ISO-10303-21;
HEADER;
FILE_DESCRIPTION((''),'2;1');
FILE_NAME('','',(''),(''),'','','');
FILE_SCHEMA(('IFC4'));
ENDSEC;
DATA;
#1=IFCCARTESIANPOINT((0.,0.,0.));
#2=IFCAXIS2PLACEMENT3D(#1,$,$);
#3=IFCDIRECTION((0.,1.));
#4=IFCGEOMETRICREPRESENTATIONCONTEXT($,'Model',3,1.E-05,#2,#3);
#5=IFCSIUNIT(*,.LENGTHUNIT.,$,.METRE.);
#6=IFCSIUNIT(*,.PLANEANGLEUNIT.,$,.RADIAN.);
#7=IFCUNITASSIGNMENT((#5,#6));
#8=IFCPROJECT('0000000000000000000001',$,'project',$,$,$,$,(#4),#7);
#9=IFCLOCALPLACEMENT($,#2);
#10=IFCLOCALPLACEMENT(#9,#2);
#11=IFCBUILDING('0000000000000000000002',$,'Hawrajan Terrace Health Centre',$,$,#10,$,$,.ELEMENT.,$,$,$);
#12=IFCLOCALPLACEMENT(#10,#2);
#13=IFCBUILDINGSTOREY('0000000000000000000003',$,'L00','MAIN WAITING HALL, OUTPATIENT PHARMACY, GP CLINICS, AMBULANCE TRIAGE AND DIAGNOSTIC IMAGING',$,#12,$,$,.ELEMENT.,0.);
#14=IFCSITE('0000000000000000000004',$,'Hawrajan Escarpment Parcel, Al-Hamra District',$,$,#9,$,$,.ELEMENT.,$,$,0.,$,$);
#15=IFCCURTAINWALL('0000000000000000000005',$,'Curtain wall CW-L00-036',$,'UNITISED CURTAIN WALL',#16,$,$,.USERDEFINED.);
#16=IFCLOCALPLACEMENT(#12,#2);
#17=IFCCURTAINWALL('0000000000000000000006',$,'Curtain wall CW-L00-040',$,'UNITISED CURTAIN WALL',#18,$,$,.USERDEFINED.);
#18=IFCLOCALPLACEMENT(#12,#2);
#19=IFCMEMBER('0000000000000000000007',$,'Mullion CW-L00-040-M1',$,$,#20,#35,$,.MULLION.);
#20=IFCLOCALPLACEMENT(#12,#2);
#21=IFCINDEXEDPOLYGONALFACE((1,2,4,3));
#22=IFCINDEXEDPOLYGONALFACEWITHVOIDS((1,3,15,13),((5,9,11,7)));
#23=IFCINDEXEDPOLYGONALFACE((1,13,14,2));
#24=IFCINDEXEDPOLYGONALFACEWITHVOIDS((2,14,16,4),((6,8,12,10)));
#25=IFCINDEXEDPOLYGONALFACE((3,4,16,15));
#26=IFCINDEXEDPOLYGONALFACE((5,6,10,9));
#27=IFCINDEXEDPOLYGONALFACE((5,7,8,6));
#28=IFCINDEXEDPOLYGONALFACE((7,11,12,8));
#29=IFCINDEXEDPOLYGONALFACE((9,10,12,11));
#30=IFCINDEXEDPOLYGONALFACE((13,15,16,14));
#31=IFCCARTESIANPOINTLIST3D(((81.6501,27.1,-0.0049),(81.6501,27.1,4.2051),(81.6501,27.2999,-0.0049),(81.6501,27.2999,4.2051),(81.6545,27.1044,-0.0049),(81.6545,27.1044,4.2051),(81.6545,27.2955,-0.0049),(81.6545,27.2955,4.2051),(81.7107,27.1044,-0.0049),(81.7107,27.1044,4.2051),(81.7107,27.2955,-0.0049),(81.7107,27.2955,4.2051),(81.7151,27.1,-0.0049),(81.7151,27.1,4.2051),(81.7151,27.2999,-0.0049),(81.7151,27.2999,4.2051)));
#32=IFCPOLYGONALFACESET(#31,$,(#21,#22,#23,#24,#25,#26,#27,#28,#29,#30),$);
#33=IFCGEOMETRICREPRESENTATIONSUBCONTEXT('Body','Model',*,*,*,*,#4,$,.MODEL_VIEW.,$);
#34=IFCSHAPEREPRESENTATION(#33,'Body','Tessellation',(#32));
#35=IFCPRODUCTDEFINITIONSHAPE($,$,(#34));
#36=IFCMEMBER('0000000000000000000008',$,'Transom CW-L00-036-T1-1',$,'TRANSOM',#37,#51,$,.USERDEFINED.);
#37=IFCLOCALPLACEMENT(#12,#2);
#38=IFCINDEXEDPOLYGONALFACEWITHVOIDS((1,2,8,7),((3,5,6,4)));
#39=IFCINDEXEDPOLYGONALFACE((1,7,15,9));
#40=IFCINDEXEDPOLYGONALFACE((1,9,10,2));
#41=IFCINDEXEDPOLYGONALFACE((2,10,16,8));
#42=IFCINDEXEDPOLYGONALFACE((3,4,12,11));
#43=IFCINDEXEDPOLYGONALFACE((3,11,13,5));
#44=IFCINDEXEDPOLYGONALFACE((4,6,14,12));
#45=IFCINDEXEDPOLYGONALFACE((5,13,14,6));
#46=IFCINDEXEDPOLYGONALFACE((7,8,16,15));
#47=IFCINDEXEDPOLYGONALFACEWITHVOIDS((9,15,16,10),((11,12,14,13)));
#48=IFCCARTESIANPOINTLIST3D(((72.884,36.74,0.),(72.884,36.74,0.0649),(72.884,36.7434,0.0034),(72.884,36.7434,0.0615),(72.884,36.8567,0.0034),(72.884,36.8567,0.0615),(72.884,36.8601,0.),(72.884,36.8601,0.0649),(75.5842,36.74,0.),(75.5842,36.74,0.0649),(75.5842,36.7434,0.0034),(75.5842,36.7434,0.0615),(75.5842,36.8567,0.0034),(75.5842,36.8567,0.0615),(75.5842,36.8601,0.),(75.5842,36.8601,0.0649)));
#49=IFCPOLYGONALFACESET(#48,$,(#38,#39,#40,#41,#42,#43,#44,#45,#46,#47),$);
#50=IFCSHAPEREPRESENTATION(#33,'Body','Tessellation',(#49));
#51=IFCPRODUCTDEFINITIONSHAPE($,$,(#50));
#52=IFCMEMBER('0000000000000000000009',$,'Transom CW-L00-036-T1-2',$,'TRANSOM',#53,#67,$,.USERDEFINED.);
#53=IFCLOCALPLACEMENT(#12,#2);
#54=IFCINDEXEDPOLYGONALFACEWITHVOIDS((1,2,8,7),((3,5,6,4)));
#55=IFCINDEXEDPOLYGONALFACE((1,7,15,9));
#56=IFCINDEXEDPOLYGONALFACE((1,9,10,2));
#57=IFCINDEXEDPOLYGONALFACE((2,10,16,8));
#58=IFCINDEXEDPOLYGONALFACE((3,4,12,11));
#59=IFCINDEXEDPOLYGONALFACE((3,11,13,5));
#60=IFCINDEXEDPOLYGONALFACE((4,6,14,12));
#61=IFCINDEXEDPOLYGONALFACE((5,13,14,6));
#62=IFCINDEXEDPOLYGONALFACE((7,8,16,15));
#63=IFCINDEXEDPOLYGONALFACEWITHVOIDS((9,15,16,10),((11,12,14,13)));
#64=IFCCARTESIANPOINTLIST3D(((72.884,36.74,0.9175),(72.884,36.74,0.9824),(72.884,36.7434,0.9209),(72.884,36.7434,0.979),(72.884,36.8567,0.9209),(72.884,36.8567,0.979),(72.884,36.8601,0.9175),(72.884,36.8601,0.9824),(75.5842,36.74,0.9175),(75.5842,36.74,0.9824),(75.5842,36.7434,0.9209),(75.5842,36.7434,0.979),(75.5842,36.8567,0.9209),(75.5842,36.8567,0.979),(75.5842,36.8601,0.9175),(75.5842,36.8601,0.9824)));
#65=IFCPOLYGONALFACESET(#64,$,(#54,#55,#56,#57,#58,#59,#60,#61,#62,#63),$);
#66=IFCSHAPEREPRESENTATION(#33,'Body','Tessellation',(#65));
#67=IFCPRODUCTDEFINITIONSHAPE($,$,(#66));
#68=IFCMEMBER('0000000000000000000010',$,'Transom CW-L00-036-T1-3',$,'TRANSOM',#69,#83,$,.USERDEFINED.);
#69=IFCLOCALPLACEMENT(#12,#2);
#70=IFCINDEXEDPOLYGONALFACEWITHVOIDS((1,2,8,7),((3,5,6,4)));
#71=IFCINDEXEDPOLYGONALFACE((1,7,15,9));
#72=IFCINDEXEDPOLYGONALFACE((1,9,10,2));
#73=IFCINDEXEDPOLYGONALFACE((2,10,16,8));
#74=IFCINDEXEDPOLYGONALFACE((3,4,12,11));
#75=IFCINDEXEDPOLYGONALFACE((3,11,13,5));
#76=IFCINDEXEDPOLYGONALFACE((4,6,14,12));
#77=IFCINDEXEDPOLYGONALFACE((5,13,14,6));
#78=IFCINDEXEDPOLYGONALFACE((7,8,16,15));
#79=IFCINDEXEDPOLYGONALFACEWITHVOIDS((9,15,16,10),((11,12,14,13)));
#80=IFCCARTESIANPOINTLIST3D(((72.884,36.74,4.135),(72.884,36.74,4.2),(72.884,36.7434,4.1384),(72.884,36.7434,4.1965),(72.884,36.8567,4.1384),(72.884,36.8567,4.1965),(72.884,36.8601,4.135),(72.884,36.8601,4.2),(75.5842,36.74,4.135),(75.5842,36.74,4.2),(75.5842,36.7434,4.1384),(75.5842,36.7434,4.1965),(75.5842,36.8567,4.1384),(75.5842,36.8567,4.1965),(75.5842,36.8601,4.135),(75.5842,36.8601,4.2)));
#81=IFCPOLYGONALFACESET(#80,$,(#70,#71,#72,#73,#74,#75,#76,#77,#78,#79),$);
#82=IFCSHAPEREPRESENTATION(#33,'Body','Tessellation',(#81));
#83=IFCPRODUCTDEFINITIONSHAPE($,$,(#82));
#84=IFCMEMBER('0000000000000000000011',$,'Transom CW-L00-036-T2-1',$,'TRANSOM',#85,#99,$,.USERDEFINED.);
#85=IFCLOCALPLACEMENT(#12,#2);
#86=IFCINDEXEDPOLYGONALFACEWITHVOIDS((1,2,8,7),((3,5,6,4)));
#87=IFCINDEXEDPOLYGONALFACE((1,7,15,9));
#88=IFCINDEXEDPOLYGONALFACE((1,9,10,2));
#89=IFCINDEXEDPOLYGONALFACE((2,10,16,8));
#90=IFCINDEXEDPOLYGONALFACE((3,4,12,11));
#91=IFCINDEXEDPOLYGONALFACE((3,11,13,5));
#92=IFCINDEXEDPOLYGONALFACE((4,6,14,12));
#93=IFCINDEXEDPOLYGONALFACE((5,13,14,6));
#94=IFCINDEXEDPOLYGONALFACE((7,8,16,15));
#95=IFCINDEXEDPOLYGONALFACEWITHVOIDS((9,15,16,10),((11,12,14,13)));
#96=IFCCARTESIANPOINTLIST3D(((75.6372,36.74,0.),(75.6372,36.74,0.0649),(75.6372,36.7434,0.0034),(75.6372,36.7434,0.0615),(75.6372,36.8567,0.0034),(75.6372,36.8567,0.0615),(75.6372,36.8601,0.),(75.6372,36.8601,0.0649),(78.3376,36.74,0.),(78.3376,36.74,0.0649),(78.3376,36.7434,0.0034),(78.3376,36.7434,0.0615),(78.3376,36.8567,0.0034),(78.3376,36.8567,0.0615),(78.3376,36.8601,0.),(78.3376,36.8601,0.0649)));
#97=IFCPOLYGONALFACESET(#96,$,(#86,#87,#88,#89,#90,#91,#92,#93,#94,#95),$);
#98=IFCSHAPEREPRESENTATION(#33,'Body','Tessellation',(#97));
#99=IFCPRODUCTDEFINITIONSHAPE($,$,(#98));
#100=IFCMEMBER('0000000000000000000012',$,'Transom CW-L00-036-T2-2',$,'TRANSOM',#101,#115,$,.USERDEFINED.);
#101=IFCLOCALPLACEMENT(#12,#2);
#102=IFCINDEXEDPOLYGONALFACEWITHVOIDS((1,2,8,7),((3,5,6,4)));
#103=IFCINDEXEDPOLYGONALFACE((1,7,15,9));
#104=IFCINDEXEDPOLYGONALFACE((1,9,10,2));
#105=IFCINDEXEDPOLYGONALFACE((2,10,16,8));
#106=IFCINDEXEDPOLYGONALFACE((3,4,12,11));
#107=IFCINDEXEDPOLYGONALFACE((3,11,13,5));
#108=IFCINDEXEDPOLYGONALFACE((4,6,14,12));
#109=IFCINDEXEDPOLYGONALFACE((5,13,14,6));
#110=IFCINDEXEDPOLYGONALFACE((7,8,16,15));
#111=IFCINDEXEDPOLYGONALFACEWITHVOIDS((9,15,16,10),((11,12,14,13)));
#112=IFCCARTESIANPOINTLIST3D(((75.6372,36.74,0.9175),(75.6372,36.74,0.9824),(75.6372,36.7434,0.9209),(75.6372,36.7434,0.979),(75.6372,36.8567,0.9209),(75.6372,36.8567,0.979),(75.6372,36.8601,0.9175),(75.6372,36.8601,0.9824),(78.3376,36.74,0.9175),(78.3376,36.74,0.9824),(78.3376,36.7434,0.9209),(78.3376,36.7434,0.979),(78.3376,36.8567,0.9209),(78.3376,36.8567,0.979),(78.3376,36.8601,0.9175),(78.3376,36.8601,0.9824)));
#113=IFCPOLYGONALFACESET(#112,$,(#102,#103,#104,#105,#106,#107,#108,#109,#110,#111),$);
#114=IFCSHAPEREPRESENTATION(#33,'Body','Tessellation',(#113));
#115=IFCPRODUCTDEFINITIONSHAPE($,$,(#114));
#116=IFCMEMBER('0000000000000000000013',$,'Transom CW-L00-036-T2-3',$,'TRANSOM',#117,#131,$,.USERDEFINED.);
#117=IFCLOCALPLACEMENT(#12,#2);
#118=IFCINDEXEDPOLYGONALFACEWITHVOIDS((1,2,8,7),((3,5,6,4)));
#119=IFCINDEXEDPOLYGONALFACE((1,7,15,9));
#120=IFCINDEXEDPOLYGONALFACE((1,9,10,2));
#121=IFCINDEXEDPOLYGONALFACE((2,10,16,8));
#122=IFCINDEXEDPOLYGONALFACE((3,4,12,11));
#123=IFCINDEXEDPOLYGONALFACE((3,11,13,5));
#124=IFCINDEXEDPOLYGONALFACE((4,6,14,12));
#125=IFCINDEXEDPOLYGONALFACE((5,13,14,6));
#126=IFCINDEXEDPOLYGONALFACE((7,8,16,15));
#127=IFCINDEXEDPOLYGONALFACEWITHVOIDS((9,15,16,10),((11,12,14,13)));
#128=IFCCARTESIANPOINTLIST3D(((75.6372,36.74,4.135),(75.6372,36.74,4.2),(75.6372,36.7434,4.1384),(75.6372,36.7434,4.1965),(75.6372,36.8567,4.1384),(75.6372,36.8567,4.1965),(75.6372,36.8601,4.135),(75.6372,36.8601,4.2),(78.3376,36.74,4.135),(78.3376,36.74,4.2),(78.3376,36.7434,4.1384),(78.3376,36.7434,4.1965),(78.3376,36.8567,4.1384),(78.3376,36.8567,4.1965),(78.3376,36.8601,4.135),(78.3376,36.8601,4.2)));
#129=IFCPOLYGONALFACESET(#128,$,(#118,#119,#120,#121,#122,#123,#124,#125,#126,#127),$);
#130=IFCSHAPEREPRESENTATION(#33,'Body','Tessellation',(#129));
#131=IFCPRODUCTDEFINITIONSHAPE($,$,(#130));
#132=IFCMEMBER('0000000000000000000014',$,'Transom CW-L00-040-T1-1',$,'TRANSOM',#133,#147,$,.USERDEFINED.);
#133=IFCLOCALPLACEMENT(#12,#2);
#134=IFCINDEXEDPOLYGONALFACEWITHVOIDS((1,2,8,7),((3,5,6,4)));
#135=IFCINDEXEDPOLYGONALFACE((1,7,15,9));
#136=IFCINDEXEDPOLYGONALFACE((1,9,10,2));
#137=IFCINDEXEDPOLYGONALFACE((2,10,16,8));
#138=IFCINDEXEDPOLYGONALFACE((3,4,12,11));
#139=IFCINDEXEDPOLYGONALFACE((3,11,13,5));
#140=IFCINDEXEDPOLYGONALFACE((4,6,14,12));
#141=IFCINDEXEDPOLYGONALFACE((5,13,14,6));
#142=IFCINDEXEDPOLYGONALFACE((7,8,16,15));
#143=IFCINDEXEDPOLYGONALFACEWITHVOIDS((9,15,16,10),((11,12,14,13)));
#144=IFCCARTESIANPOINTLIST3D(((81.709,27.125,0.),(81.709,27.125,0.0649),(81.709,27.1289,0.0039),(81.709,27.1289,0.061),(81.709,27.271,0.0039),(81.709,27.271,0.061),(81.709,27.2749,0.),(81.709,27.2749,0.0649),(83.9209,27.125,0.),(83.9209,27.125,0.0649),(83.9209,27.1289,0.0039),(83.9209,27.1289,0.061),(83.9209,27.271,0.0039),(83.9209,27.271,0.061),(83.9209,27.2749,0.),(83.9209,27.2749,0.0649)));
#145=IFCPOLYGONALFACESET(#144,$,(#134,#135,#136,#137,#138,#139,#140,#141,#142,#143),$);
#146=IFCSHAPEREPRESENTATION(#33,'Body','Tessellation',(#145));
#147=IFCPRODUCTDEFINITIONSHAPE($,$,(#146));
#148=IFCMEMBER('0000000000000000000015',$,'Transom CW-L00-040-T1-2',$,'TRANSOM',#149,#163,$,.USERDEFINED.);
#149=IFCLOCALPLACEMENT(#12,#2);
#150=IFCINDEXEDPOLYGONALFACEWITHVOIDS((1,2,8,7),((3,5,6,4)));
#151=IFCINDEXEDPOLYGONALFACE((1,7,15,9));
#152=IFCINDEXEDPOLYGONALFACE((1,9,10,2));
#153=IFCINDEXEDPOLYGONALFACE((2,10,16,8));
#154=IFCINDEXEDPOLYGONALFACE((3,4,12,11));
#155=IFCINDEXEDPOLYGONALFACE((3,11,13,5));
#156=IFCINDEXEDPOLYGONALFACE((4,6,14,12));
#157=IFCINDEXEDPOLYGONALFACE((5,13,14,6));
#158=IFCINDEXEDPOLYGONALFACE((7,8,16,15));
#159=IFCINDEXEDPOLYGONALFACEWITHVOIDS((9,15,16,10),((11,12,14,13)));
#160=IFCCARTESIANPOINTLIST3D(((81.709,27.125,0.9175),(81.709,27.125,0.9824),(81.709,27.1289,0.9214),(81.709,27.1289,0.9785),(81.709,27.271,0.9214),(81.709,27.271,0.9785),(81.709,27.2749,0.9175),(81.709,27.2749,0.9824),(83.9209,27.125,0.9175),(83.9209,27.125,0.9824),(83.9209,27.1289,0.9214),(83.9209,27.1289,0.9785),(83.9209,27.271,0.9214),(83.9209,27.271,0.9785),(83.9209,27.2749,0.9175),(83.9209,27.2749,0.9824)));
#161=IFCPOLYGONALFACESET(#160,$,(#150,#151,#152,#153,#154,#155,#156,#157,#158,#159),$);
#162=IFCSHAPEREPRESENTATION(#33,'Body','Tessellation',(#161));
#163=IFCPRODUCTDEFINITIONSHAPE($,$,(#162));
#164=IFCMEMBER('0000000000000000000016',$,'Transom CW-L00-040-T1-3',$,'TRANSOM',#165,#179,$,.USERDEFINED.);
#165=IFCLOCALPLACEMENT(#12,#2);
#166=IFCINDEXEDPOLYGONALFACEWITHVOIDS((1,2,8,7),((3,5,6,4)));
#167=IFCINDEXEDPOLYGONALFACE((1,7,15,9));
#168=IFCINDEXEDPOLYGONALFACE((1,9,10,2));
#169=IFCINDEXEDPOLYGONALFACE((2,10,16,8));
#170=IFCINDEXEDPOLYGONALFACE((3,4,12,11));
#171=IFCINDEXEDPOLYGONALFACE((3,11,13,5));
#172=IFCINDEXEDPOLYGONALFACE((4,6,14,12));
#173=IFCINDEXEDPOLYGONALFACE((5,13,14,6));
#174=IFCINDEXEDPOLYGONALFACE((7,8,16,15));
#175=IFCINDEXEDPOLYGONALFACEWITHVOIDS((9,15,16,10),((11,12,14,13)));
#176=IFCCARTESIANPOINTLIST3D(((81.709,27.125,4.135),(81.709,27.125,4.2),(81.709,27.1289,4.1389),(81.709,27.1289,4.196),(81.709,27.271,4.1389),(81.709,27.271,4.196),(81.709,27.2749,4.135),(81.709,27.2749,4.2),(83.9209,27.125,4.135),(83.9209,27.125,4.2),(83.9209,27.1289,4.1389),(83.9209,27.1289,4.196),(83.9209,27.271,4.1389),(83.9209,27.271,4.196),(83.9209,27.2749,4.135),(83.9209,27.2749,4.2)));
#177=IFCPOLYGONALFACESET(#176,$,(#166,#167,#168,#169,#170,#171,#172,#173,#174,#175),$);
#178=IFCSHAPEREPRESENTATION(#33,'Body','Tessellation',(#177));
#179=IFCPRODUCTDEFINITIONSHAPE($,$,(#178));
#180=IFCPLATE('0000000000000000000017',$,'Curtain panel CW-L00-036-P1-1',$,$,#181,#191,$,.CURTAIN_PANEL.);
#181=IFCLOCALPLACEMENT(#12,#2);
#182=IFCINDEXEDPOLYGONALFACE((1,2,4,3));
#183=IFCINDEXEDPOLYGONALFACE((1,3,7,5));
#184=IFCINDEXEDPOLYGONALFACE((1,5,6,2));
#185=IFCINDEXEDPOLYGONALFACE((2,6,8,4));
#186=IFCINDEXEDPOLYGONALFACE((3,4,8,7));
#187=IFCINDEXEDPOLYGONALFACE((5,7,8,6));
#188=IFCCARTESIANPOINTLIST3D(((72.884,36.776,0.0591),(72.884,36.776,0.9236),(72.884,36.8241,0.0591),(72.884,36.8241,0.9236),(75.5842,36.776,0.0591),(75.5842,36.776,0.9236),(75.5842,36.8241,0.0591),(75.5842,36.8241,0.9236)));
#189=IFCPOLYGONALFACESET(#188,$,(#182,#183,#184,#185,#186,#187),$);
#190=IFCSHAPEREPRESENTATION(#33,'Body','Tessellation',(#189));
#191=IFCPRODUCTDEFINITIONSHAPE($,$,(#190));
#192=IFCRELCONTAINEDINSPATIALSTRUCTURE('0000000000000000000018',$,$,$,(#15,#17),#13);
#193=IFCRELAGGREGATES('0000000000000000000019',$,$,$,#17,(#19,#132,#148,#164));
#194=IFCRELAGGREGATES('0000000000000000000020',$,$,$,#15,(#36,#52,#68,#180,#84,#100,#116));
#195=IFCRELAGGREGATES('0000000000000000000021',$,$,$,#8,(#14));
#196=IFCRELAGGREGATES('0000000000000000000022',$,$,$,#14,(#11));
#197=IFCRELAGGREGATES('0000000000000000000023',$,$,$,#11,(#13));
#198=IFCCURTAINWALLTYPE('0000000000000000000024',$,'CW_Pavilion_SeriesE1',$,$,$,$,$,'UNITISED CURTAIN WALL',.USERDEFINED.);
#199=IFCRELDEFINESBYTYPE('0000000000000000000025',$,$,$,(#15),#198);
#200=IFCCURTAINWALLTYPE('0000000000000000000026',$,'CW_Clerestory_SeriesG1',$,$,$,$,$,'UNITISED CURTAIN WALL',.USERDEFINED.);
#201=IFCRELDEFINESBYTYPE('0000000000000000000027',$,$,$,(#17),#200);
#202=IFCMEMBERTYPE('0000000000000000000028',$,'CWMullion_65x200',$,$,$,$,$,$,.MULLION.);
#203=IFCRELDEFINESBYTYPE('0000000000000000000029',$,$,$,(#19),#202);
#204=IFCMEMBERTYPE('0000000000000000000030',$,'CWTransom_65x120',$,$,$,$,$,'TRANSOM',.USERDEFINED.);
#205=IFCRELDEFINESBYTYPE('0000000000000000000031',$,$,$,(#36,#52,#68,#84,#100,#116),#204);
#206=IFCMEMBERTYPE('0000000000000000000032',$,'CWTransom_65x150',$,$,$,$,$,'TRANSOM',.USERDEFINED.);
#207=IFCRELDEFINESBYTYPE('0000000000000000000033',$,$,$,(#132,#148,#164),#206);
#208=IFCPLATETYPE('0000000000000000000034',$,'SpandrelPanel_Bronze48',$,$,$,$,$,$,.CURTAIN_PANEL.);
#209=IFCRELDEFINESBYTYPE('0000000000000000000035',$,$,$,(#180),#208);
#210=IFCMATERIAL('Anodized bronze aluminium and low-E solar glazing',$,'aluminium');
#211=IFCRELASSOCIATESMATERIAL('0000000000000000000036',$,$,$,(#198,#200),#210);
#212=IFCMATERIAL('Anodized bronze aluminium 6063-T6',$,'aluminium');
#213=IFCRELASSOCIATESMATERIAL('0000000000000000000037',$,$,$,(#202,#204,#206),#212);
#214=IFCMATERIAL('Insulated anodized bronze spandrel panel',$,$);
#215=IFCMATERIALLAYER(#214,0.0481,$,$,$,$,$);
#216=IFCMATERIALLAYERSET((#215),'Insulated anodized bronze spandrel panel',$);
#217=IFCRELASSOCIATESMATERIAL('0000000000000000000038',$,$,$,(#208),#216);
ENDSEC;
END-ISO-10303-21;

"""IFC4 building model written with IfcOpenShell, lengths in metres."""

from ifc_helpers import new_model, si_unit, direction, frame, origin, origin_2d, place, context, subcontext, project, spatial, rectangle, hollow_rectangle, extrude, material, layer, layer_set, material_profile, profile_set, type_object, element, aggregate, save


model = new_model("IFC4")

# Units and contexts
model_context = context("Model", 3, precision=1e-05, world=origin(), true_north=direction((0.0, 1.0)))
body_context = subcontext(model_context, "Body", "Model", "MODEL_VIEW")
ifc_project = project(units=[si_unit("LENGTHUNIT", "METRE"), si_unit("PLANEANGLEUNIT", "RADIAN")], contexts=[model_context])

# Site, building, storey
site_placement = place(None, origin())
site = spatial("IfcSite", under=ifc_project, at=site_placement, Name="Hawrajan Escarpment Parcel, Al-Hamra District", CompositionType="ELEMENT", RefElevation=0.0)
building_placement = place(site_placement, origin())
building = spatial("IfcBuilding", under=site, at=building_placement, Name="Hawrajan Terrace Health Centre", CompositionType="ELEMENT")
storey_placement = place(building_placement, origin())
storey = spatial("IfcBuildingStorey", under=building, at=storey_placement, Name="L00", Description="MAIN WAITING HALL, OUTPATIENT PHARMACY, GP CLINICS, AMBULANCE TRIAGE AND DIAGNOSTIC IMAGING", CompositionType="ELEMENT", Elevation=0.0)

# Curtain wall
ifc_material_1 = material(Name="Anodized bronze aluminium and low-E solar glazing", Category="aluminium")
curtain_wall_type_1 = type_object("IfcCurtainWallType", Name="CW_Pavilion_SeriesE1", ElementType="UNITISED CURTAIN WALL", PredefinedType="USERDEFINED", material=ifc_material_1)
curtain_wall_1_placement = place(storey_placement, origin())
curtain_wall_1 = element("IfcCurtainWall", 1, at=curtain_wall_1_placement, inside=storey, type_object=curtain_wall_type_1, Name="Curtain wall CW-L00-036", ObjectType="UNITISED CURTAIN WALL", PredefinedType="USERDEFINED")
ifc_material_2 = material(Name="Anodized bronze aluminium 6063-T6", Category="aluminium")

# Curtain wall, member
curtain_wall_type_2 = type_object("IfcCurtainWallType", Name="CW_Clerestory_SeriesG1", ElementType="UNITISED CURTAIN WALL", PredefinedType="USERDEFINED", material=ifc_material_1)
curtain_wall_2_placement = place(storey_placement, origin())
curtain_wall_2 = element("IfcCurtainWall", 2, at=curtain_wall_2_placement, inside=storey, type_object=curtain_wall_type_2, Name="Curtain wall CW-L00-040", ObjectType="UNITISED CURTAIN WALL", PredefinedType="USERDEFINED")
ifc_material_profile_1 = material_profile(ifc_material_2, hollow_rectangle(XDim=0.0649, YDim=0.2, WallThickness=0.0044, at=origin_2d()), Name="CW MUL 65x200")
ifc_profile_set_1 = profile_set([ifc_material_profile_1], Name="Anodized bronze aluminium 6063-T6")
member_type_1 = type_object("IfcMemberType", Name="CWMullion_65x200", PredefinedType="MULLION", material=ifc_profile_set_1)
member_1_placement = place(storey_placement, frame((81.6826, 27.2, -0.0049), z_axis=(0.0, 0.0, 1.0), x_axis=(1.0, 0.0, 0.0)))
member_1 = element("IfcMember", 3, at=member_1_placement, type_object=member_type_1, Name="Mullion CW-L00-040-M1", PredefinedType="MULLION", context=body_context, shape_type="SweptSolid", body=[
    extrude(hollow_rectangle(XDim=0.0649, YDim=0.2, WallThickness=0.0044, at=origin_2d()), origin(), (0.0, 0.0, 1.0), 4.21),
])

# Members
ifc_material_profile_2 = material_profile(ifc_material_2, hollow_rectangle(XDim=0.0649, YDim=0.1201, WallThickness=0.0034, at=origin_2d()), Name="CW TRN 65x120")
ifc_profile_set_2 = profile_set([ifc_material_profile_2], Name="Anodized bronze aluminium 6063-T6")
member_type_2 = type_object("IfcMemberType", Name="CWTransom_65x120", ElementType="TRANSOM", PredefinedType="USERDEFINED", material=ifc_profile_set_2)
member_2_placement = place(storey_placement, frame((72.884, 36.8, 0.0325), z_axis=(1.0, 0.0, 0.0), x_axis=(0.0, 0.0, 1.0)))
member_2 = element("IfcMember", 4, at=member_2_placement, type_object=member_type_2, Name="Transom CW-L00-036-T1-1", ObjectType="TRANSOM", PredefinedType="USERDEFINED", context=body_context, shape_type="SweptSolid", body=[
    extrude(hollow_rectangle(XDim=0.0649, YDim=0.1201, WallThickness=0.0034, at=origin_2d()), origin(), (0.0, 0.0, 1.0), 2.7002),
])
member_3_placement = place(storey_placement, frame((72.884, 36.8, 0.95), z_axis=(1.0, 0.0, 0.0), x_axis=(0.0, 0.0, 1.0)))
member_3 = element("IfcMember", 5, at=member_3_placement, type_object=member_type_2, Name="Transom CW-L00-036-T1-2", ObjectType="TRANSOM", PredefinedType="USERDEFINED", context=body_context, shape_type="SweptSolid", body=[
    extrude(hollow_rectangle(XDim=0.0649, YDim=0.1201, WallThickness=0.0034, at=origin_2d()), origin(), (0.0, 0.0, 1.0), 2.7002),
])
member_4_placement = place(storey_placement, frame((72.884, 36.8, 4.1675), z_axis=(1.0, 0.0, 0.0), x_axis=(0.0, 0.0, 1.0)))
member_4 = element("IfcMember", 6, at=member_4_placement, type_object=member_type_2, Name="Transom CW-L00-036-T1-3", ObjectType="TRANSOM", PredefinedType="USERDEFINED", context=body_context, shape_type="SweptSolid", body=[
    extrude(hollow_rectangle(XDim=0.0649, YDim=0.1201, WallThickness=0.0034, at=origin_2d()), origin(), (0.0, 0.0, 1.0), 2.7002),
])
member_5_placement = place(storey_placement, frame((75.6372, 36.8, 0.0325), z_axis=(1.0, 0.0, 0.0), x_axis=(0.0, 0.0, 1.0)))
member_5 = element("IfcMember", 7, at=member_5_placement, type_object=member_type_2, Name="Transom CW-L00-036-T2-1", ObjectType="TRANSOM", PredefinedType="USERDEFINED", context=body_context, shape_type="SweptSolid", body=[
    extrude(hollow_rectangle(XDim=0.0649, YDim=0.1201, WallThickness=0.0034, at=origin_2d()), origin(), (0.0, 0.0, 1.0), 2.7004),
])
member_6_placement = place(storey_placement, frame((75.6372, 36.8, 0.95), z_axis=(1.0, 0.0, 0.0), x_axis=(0.0, 0.0, 1.0)))
member_6 = element("IfcMember", 8, at=member_6_placement, type_object=member_type_2, Name="Transom CW-L00-036-T2-2", ObjectType="TRANSOM", PredefinedType="USERDEFINED", context=body_context, shape_type="SweptSolid", body=[
    extrude(hollow_rectangle(XDim=0.0649, YDim=0.1201, WallThickness=0.0034, at=origin_2d()), origin(), (0.0, 0.0, 1.0), 2.7004),
])
member_7_placement = place(storey_placement, frame((75.6372, 36.8, 4.1675), z_axis=(1.0, 0.0, 0.0), x_axis=(0.0, 0.0, 1.0)))
member_7 = element("IfcMember", 9, at=member_7_placement, type_object=member_type_2, Name="Transom CW-L00-036-T2-3", ObjectType="TRANSOM", PredefinedType="USERDEFINED", context=body_context, shape_type="SweptSolid", body=[
    extrude(hollow_rectangle(XDim=0.0649, YDim=0.1201, WallThickness=0.0034, at=origin_2d()), origin(), (0.0, 0.0, 1.0), 2.7004),
])
ifc_material_profile_3 = material_profile(ifc_material_2, hollow_rectangle(XDim=0.0649, YDim=0.1499, WallThickness=0.0039, at=origin_2d()), Name="CW TRN 65x150")
ifc_profile_set_3 = profile_set([ifc_material_profile_3], Name="Anodized bronze aluminium 6063-T6")
member_type_3 = type_object("IfcMemberType", Name="CWTransom_65x150", ElementType="TRANSOM", PredefinedType="USERDEFINED", material=ifc_profile_set_3)
member_8_placement = place(storey_placement, frame((81.709, 27.2, 0.0325), z_axis=(1.0, 0.0, 0.0), x_axis=(0.0, 0.0, 1.0)))
member_8 = element("IfcMember", 10, at=member_8_placement, type_object=member_type_3, Name="Transom CW-L00-040-T1-1", ObjectType="TRANSOM", PredefinedType="USERDEFINED", context=body_context, shape_type="SweptSolid", body=[
    extrude(hollow_rectangle(XDim=0.0649, YDim=0.1499, WallThickness=0.0039, at=origin_2d()), origin(), (0.0, 0.0, 1.0), 2.2119),
])
member_9_placement = place(storey_placement, frame((81.709, 27.2, 0.95), z_axis=(1.0, 0.0, 0.0), x_axis=(0.0, 0.0, 1.0)))
member_9 = element("IfcMember", 11, at=member_9_placement, type_object=member_type_3, Name="Transom CW-L00-040-T1-2", ObjectType="TRANSOM", PredefinedType="USERDEFINED", context=body_context, shape_type="SweptSolid", body=[
    extrude(hollow_rectangle(XDim=0.0649, YDim=0.1499, WallThickness=0.0039, at=origin_2d()), origin(), (0.0, 0.0, 1.0), 2.2119),
])
member_10_placement = place(storey_placement, frame((81.709, 27.2, 4.1675), z_axis=(1.0, 0.0, 0.0), x_axis=(0.0, 0.0, 1.0)))
member_10 = element("IfcMember", 12, at=member_10_placement, type_object=member_type_3, Name="Transom CW-L00-040-T1-3", ObjectType="TRANSOM", PredefinedType="USERDEFINED", context=body_context, shape_type="SweptSolid", body=[
    extrude(hollow_rectangle(XDim=0.0649, YDim=0.1499, WallThickness=0.0039, at=origin_2d()), origin(), (0.0, 0.0, 1.0), 2.2119),
])
aggregate(curtain_wall_2, [member_1, member_8, member_9, member_10])

# Plate
ifc_material_3 = material(Name="Insulated anodized bronze spandrel panel")
ifc_layer_1 = layer(ifc_material_3, 0.0481)
ifc_layer_set_1 = layer_set([ifc_layer_1], Name="Insulated anodized bronze spandrel panel")
plate_type_1 = type_object("IfcPlateType", Name="SpandrelPanel_Bronze48", PredefinedType="CURTAIN_PANEL", material=ifc_layer_set_1)
plate_1_placement = place(storey_placement, frame((74.2341, 36.8, 0.0591), z_axis=(0.0, 0.0, 1.0), x_axis=(1.0, 0.0, 0.0)))
plate_1 = element("IfcPlate", 13, at=plate_1_placement, type_object=plate_type_1, Name="Curtain panel CW-L00-036-P1-1", PredefinedType="CURTAIN_PANEL", context=body_context, shape_type="SweptSolid", body=[
    extrude(rectangle(XDim=2.7002, YDim=0.0481, at=origin_2d()), origin(), (0.0, 0.0, 1.0), 0.8645),
])
aggregate(curtain_wall_1, [member_2, member_3, member_4, plate_1, member_5, member_6, member_7])

save(model, "model.ifc")
